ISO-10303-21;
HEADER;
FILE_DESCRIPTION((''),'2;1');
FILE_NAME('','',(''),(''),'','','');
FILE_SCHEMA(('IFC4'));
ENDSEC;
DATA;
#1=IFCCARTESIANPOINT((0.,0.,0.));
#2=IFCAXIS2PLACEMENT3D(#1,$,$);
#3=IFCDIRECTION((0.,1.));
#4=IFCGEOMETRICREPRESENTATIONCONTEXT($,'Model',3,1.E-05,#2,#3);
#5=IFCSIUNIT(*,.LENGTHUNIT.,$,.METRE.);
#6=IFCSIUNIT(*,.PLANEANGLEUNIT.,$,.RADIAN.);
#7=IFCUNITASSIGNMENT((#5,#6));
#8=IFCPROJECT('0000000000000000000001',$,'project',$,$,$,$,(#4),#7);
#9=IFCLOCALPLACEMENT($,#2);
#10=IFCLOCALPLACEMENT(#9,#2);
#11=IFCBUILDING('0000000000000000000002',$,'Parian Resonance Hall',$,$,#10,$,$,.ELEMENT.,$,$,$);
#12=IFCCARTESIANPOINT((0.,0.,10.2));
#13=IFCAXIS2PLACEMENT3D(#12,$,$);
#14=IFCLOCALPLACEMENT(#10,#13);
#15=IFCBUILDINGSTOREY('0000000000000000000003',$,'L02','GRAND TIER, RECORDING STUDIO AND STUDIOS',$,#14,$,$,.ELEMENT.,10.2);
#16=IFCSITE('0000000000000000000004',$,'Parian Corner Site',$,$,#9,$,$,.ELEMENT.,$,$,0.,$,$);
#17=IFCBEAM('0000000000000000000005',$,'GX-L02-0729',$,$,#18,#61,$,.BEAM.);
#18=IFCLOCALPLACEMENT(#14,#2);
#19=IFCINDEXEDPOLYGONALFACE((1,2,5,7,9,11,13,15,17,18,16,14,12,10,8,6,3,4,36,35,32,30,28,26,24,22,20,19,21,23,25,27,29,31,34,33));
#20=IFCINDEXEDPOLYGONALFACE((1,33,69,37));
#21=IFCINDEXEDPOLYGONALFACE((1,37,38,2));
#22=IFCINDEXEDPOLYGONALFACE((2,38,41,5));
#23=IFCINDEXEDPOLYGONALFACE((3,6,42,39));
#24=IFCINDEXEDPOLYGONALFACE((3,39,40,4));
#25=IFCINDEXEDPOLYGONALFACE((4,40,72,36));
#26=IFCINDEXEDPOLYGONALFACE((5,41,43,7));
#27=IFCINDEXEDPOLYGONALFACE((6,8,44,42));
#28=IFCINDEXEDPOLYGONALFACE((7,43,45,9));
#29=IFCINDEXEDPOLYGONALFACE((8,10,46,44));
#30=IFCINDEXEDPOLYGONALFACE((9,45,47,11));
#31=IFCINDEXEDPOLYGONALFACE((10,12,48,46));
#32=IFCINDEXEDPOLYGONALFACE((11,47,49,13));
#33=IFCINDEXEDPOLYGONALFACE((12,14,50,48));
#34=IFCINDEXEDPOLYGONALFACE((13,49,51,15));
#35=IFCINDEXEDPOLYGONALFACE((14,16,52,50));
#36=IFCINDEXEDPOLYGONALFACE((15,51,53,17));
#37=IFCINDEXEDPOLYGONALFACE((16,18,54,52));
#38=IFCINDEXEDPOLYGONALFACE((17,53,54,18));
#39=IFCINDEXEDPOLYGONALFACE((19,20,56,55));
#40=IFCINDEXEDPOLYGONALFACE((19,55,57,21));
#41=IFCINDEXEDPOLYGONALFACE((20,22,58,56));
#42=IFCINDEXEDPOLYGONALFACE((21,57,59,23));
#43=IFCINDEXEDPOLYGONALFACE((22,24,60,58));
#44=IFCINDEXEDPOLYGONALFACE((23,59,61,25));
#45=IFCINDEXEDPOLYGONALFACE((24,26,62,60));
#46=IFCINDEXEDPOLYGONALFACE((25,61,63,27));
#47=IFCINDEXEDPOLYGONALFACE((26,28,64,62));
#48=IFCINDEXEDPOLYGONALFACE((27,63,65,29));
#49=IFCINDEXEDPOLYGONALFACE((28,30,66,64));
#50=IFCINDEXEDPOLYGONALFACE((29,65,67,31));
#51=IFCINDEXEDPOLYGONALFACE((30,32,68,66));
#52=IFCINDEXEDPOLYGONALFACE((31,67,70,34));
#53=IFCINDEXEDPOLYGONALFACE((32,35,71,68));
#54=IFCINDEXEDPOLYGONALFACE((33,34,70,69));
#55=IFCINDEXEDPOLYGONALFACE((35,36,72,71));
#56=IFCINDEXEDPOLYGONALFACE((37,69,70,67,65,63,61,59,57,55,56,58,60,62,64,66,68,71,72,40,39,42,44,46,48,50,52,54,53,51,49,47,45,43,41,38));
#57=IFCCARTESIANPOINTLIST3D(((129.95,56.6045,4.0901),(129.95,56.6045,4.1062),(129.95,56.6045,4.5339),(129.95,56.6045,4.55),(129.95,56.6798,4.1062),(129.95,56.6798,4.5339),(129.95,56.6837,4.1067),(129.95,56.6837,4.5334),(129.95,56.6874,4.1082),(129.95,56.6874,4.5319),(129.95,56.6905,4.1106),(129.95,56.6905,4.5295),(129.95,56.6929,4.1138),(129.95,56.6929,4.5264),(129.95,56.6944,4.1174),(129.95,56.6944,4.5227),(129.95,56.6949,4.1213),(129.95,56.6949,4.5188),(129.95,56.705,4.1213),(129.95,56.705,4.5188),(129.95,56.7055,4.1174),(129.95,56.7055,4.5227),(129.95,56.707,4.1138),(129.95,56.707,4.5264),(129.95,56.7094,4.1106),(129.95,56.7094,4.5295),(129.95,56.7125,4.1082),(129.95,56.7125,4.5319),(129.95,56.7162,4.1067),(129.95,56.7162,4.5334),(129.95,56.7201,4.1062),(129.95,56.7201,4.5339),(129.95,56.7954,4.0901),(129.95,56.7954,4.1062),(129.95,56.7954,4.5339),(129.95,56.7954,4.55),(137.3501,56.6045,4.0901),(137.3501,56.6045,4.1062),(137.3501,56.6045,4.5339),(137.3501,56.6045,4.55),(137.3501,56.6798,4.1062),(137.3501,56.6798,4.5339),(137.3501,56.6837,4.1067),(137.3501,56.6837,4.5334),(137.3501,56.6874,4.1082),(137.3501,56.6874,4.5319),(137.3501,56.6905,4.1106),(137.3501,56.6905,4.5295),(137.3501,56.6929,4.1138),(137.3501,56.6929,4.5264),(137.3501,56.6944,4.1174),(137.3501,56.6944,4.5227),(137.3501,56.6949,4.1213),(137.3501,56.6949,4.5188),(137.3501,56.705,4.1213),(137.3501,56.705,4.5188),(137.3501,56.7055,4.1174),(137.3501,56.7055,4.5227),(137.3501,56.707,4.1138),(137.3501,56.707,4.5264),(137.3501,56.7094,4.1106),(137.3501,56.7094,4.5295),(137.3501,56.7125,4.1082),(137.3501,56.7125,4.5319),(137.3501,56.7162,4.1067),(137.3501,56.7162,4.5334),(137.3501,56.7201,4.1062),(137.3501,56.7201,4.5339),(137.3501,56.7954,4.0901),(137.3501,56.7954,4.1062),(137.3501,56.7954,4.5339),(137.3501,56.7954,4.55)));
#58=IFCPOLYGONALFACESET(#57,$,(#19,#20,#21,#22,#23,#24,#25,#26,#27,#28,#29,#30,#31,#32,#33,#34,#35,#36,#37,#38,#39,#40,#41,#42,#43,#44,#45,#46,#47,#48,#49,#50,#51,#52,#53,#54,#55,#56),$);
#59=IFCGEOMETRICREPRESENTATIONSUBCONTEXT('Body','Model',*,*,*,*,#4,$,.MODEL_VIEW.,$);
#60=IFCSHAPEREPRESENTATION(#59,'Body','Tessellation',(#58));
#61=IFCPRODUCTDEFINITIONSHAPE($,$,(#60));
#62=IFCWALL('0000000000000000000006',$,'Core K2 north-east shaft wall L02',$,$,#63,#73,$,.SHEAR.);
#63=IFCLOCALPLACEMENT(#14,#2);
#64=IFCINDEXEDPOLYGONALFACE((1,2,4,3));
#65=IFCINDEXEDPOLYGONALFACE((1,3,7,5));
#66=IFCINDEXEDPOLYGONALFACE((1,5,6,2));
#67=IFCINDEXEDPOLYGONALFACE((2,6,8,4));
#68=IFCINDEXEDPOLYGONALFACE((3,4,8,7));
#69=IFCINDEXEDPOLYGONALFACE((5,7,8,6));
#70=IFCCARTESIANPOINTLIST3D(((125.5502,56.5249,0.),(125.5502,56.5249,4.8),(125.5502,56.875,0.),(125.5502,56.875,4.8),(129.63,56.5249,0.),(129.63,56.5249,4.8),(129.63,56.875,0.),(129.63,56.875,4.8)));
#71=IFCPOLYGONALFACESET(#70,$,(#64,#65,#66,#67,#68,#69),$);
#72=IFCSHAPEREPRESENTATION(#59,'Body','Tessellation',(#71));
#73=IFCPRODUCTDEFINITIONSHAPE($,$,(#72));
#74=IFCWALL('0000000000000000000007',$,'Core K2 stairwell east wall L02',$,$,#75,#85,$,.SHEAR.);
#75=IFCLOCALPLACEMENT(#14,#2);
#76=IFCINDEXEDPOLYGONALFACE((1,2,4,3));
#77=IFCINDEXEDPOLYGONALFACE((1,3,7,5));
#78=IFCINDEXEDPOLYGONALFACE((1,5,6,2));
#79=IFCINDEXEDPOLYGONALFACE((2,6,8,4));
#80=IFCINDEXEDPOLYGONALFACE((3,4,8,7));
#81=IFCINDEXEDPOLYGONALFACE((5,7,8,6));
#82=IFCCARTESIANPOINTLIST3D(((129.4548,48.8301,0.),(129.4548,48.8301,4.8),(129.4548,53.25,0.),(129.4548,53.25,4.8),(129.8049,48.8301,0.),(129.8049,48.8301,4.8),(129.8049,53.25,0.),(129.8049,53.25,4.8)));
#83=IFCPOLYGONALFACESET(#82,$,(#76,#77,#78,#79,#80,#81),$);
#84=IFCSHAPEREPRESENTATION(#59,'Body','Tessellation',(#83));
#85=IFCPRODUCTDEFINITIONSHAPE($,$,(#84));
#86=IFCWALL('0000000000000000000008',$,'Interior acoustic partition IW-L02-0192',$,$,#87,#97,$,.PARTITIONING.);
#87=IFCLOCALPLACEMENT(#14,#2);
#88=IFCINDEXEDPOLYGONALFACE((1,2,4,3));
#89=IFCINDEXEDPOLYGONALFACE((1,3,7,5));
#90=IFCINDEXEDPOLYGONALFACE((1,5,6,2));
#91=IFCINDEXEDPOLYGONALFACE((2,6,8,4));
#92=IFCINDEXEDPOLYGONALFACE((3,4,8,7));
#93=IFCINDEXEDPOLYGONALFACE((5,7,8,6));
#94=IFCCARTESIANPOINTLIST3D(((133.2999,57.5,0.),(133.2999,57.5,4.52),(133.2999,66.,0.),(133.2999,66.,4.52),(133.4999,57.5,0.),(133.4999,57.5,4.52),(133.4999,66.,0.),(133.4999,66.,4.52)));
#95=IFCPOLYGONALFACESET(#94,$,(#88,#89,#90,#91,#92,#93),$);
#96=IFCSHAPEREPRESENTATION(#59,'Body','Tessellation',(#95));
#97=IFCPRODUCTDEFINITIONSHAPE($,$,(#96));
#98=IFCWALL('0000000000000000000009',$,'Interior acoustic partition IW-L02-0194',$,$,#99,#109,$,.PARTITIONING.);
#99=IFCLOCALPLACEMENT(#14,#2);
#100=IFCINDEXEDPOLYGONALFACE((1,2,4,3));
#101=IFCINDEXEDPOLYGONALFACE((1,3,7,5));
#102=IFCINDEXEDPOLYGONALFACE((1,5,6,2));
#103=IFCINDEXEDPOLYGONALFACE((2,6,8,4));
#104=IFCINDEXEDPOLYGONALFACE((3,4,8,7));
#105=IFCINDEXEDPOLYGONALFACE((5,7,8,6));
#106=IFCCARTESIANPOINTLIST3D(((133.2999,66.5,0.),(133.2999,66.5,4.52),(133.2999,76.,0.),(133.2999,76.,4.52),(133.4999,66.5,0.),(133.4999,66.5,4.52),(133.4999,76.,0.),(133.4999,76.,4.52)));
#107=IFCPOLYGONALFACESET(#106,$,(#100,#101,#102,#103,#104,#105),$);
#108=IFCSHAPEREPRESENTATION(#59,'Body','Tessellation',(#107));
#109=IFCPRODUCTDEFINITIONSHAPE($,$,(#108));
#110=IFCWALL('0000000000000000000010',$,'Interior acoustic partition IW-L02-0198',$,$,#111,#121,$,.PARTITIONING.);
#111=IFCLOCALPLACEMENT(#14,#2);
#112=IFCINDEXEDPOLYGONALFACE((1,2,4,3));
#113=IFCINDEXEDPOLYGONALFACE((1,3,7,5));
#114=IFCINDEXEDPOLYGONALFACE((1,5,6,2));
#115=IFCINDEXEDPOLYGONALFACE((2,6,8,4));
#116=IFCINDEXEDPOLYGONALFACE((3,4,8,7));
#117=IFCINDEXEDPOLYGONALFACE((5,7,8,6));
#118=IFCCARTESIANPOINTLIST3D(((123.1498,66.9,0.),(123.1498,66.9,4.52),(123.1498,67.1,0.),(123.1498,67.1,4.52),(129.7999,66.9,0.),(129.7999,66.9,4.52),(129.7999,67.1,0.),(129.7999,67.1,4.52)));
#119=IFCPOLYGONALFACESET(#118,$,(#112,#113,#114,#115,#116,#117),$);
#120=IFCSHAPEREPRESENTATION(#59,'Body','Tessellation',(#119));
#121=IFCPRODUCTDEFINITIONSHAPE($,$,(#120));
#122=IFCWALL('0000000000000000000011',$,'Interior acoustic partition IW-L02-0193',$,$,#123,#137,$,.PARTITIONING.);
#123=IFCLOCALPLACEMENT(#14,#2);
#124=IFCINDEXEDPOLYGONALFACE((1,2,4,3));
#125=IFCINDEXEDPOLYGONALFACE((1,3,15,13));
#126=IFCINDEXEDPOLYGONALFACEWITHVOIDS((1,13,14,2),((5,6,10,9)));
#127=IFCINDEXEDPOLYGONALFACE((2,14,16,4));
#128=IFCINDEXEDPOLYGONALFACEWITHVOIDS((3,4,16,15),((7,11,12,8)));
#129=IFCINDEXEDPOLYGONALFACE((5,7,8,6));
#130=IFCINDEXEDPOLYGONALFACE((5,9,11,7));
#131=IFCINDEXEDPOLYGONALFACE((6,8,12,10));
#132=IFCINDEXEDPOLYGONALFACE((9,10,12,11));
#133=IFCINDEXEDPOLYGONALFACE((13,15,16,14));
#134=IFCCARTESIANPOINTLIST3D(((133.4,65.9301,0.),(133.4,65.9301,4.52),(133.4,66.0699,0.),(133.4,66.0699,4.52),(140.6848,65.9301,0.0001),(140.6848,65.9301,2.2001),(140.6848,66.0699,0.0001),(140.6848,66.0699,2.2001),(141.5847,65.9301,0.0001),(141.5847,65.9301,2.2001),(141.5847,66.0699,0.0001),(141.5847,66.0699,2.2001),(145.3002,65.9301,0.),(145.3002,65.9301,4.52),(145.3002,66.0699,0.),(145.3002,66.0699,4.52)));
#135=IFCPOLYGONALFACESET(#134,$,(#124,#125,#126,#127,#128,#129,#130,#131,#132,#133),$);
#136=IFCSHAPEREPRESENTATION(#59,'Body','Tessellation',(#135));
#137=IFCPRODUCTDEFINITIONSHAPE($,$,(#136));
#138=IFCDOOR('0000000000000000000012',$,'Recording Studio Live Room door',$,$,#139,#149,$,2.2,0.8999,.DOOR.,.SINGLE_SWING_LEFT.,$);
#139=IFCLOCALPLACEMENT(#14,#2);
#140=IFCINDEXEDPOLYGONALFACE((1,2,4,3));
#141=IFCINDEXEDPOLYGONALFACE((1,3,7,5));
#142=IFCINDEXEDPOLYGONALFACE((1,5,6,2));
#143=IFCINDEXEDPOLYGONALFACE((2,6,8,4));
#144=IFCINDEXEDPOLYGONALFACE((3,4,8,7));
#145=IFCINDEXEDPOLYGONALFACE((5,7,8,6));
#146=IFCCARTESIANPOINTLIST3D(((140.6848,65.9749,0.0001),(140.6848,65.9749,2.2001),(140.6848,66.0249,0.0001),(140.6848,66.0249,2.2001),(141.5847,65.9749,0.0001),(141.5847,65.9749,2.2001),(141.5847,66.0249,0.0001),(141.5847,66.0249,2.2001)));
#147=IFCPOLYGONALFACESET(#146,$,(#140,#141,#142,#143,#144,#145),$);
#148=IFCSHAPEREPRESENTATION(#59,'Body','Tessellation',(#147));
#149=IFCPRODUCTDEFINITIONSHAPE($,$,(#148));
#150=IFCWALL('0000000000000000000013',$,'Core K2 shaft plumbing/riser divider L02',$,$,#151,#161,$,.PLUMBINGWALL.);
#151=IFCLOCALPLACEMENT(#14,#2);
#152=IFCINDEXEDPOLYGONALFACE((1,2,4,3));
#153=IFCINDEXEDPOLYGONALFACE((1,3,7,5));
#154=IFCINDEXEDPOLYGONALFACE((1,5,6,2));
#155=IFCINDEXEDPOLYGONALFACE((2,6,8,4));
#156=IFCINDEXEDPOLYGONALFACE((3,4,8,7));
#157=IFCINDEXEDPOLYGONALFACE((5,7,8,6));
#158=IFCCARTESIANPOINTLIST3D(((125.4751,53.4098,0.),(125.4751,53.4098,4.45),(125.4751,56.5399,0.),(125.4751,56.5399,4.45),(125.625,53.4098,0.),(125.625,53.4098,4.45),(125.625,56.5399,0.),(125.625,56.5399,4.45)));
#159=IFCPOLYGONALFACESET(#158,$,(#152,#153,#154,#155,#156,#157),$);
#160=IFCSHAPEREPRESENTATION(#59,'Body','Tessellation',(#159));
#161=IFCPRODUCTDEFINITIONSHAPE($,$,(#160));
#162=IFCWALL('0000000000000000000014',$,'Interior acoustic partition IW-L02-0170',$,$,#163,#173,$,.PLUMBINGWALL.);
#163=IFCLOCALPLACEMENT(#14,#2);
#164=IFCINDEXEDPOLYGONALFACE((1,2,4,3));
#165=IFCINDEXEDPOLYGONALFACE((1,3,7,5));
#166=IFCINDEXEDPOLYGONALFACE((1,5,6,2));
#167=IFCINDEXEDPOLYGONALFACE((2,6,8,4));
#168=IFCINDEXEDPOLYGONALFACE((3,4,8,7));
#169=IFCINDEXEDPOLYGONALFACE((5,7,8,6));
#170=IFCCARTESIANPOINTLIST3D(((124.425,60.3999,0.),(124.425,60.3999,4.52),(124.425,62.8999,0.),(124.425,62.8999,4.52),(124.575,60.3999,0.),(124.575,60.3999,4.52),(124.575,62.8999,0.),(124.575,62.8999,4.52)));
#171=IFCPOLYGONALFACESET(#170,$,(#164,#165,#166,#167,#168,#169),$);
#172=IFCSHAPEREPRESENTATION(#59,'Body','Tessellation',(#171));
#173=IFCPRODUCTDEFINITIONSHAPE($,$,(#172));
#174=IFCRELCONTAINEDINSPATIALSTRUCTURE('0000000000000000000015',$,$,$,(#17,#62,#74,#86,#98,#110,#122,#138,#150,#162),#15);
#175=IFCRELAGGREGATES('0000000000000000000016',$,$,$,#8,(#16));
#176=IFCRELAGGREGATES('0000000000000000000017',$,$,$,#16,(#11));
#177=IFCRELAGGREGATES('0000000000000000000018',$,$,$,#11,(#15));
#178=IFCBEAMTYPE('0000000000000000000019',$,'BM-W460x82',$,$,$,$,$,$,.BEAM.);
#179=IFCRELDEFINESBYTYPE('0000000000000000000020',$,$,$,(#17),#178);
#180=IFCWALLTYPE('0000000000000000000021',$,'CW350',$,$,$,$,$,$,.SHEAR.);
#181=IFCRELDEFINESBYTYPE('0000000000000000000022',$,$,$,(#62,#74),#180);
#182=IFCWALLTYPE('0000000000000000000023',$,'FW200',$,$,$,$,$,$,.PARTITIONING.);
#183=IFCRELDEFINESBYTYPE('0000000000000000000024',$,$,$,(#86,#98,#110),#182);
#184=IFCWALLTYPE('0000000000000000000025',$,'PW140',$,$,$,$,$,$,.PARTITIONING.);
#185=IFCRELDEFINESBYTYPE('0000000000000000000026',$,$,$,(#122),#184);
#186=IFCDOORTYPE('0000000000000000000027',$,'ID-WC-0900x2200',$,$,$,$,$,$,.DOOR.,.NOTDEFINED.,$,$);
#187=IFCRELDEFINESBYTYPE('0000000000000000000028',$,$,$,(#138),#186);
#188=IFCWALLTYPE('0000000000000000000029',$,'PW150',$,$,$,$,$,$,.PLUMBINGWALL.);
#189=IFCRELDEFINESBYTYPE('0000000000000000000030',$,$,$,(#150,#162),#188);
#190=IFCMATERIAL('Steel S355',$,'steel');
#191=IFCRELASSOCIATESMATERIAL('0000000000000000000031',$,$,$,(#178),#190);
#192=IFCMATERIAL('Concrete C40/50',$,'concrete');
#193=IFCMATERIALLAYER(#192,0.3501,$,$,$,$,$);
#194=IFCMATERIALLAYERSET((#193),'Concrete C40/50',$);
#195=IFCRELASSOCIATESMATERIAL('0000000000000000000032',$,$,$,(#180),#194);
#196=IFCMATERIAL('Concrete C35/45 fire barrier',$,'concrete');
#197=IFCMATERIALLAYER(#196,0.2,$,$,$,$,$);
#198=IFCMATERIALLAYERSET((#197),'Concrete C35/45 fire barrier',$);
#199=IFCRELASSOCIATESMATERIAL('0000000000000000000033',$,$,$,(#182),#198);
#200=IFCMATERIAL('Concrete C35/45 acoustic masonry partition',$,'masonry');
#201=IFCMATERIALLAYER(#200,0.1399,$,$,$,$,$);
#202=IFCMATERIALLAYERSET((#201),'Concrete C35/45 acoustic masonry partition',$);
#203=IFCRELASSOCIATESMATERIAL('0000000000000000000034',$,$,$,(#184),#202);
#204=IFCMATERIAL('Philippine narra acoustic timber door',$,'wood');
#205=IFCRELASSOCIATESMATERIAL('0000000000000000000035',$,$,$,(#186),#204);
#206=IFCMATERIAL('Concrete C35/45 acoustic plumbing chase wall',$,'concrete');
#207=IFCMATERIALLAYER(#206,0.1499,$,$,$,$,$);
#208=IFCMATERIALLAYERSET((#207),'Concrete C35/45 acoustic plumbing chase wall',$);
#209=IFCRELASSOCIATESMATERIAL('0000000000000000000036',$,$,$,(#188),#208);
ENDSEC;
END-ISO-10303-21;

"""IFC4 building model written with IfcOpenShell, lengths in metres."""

from ifc_helpers import new_model, si_unit, direction, frame, frame_2d, origin, origin_2d, place, context, subcontext, project, spatial, rectangle, i_section, extrude, material, layer, layer_set, material_profile, profile_set, type_object, element, fill, save


model = new_model("IFC4")

# Units and contexts
model_context = context("Model", 3, precision=1e-05, world=origin(), true_north=direction((0.0, 1.0)))
body_context = subcontext(model_context, "Body", "Model", "MODEL_VIEW")
ifc_project = project(units=[si_unit("LENGTHUNIT", "METRE"), si_unit("PLANEANGLEUNIT", "RADIAN")], contexts=[model_context])

# Site, building, storey
site_placement = place(None, origin())
site = spatial("IfcSite", under=ifc_project, at=site_placement, Name="Parian Corner Site", CompositionType="ELEMENT", RefElevation=0.0)
building_placement = place(site_placement, origin())
building = spatial("IfcBuilding", under=site, at=building_placement, Name="Parian Resonance Hall", CompositionType="ELEMENT")
storey_placement = place(building_placement, frame((0.0, 0.0, 10.2)))
storey = spatial("IfcBuildingStorey", under=building, at=storey_placement, Name="L02", Description="GRAND TIER, RECORDING STUDIO AND STUDIOS", CompositionType="ELEMENT", Elevation=10.2)

# Beam
ifc_material_1 = material(Name="Steel S355", Category="steel")
ifc_material_profile_1 = material_profile(ifc_material_1, i_section(OverallWidth=0.1909, OverallDepth=0.46, WebThickness=0.01, FlangeThickness=0.0161, FilletRadius=0.0151, at=origin_2d()), Name="W460x82")
ifc_profile_set_1 = profile_set([ifc_material_profile_1], Name="Steel S355")
beam_type_1 = type_object("IfcBeamType", Name="BM-W460x82", PredefinedType="BEAM", material=ifc_profile_set_1)
beam_1_placement = place(storey_placement, frame((129.95, 56.7, 4.3201), z_axis=(1.0, 0.0, 0.0), x_axis=(0.0, 1.0, 0.0)))
element("IfcBeam", 1, at=beam_1_placement, inside=storey, type_object=beam_type_1, Name="GX-L02-0729", PredefinedType="BEAM", context=body_context, shape_type="SweptSolid", body=[
    extrude(i_section(OverallWidth=0.1909, OverallDepth=0.46, WebThickness=0.01, FlangeThickness=0.0161, FilletRadius=0.0151, at=origin_2d()), origin(), (0.0, 0.0, 1.0), 7.4001),
])

# Wall
ifc_material_2 = material(Name="Concrete C40/50", Category="concrete")
ifc_layer_1 = layer(ifc_material_2, 0.3501)
ifc_layer_set_1 = layer_set([ifc_layer_1], Name="Concrete C40/50")
wall_type_1 = type_object("IfcWallType", Name="CW350", PredefinedType="SHEAR", material=ifc_layer_set_1)
wall_1_placement = place(storey_placement, frame((125.55, 56.7, 0.0), z_axis=(0.0, 0.0, 1.0), x_axis=(1.0, 0.0, 0.0)))
element("IfcWall", 2, at=wall_1_placement, inside=storey, type_object=wall_type_1, Name="Core K2 north-east shaft wall L02", PredefinedType="SHEAR", context=body_context, shape_type="SweptSolid", body=[
    extrude(rectangle(XDim=4.0798, YDim=0.3501, at=frame_2d((2.04, 0.0))), origin(), (0.0, 0.0, 1.0), 4.8),
])

# Walls
wall_2_placement = place(storey_placement, frame((129.6299, 53.25, 0.0), z_axis=(0.0, 0.0, 1.0), x_axis=(0.0, -1.0, 0.0)))
element("IfcWall", 3, at=wall_2_placement, inside=storey, type_object=wall_type_1, Name="Core K2 stairwell east wall L02", PredefinedType="SHEAR", context=body_context, shape_type="SweptSolid", body=[
    extrude(rectangle(XDim=4.4199, YDim=0.3501, at=frame_2d((2.21, 0.0))), origin(), (0.0, 0.0, 1.0), 4.8),
])
ifc_material_3 = material(Name="Concrete C35/45 fire barrier", Category="concrete")
ifc_layer_2 = layer(ifc_material_3, 0.2)
ifc_layer_set_2 = layer_set([ifc_layer_2], Name="Concrete C35/45 fire barrier")
wall_type_2 = type_object("IfcWallType", Name="FW200", PredefinedType="PARTITIONING", material=ifc_layer_set_2)
wall_3_placement = place(storey_placement, frame((133.3999, 57.5, 0.0), z_axis=(0.0, 0.0, 1.0), x_axis=(0.0, 1.0, 0.0)))
element("IfcWall", 4, at=wall_3_placement, inside=storey, type_object=wall_type_2, Name="Interior acoustic partition IW-L02-0192", PredefinedType="PARTITIONING", context=body_context, shape_type="SweptSolid", body=[
    extrude(rectangle(XDim=8.5, YDim=0.2, at=frame_2d((4.25, 0.0))), origin(), (0.0, 0.0, 1.0), 4.52),
])
wall_4_placement = place(storey_placement, frame((133.3999, 66.5, 0.0), z_axis=(0.0, 0.0, 1.0), x_axis=(0.0, 1.0, 0.0)))
element("IfcWall", 5, at=wall_4_placement, inside=storey, type_object=wall_type_2, Name="Interior acoustic partition IW-L02-0194", PredefinedType="PARTITIONING", context=body_context, shape_type="SweptSolid", body=[
    extrude(rectangle(XDim=9.5, YDim=0.2, at=frame_2d((4.75, 0.0))), origin(), (0.0, 0.0, 1.0), 4.52),
])
wall_5_placement = place(storey_placement, frame((129.8, 67.0, 0.0), z_axis=(0.0, 0.0, 1.0), x_axis=(-1.0, 0.0, 0.0)))
element("IfcWall", 6, at=wall_5_placement, inside=storey, type_object=wall_type_2, Name="Interior acoustic partition IW-L02-0198", PredefinedType="PARTITIONING", context=body_context, shape_type="SweptSolid", body=[
    extrude(rectangle(XDim=6.6501, YDim=0.2, at=frame_2d((3.3252, 0.0))), origin(), (0.0, 0.0, 1.0), 4.52),
])

# Wall, opening, door
ifc_material_4 = material(Name="Concrete C35/45 acoustic masonry partition", Category="masonry")
ifc_layer_3 = layer(ifc_material_4, 0.1399)
ifc_layer_set_3 = layer_set([ifc_layer_3], Name="Concrete C35/45 acoustic masonry partition")
wall_type_3 = type_object("IfcWallType", Name="PW140", PredefinedType="PARTITIONING", material=ifc_layer_set_3)
wall_6_placement = place(storey_placement, frame((133.3999, 66.0, 0.0), z_axis=(0.0, 0.0, 1.0), x_axis=(1.0, 0.0, 0.0)))
wall_6 = element("IfcWall", 7, at=wall_6_placement, inside=storey, type_object=wall_type_3, Name="Interior acoustic partition IW-L02-0193", PredefinedType="PARTITIONING", context=body_context, shape_type="SweptSolid", body=[
    extrude(rectangle(XDim=11.9001, YDim=0.1399, at=frame_2d((5.9502, 0.0))), origin(), (0.0, 0.0, 1.0), 4.52),
])
opening_1_placement = place(wall_6_placement, frame((7.2849, 0.0, 0.0)))
opening_1 = element("IfcOpeningElement", 8, at=opening_1_placement, cuts=wall_6, PredefinedType="OPENING", context=body_context, shape_type="SweptSolid", body=[
    extrude(rectangle(XDim=0.8999, YDim=2.2, at=frame_2d((0.45, 1.1001))), frame((0.0, 0.0798, 0.0), z_axis=(0.0, -1.0, 0.0), x_axis=(1.0, 0.0, 0.0)), (0.0, 0.0, 1.0), 0.1599),
])
ifc_material_5 = material(Name="Philippine narra acoustic timber door", Category="wood")
door_type_1 = type_object("IfcDoorType", Name="ID-WC-0900x2200", OperationType="NOTDEFINED", PredefinedType="DOOR", material=ifc_material_5)
door_1_placement = place(opening_1_placement, origin())
door_1 = element("IfcDoor", 9, at=door_1_placement, inside=storey, type_object=door_type_1, Name="Recording Studio Live Room door", OperationType="SINGLE_SWING_LEFT", OverallHeight=2.2, OverallWidth=0.8999, PredefinedType="DOOR", context=body_context, shape_type="SweptSolid", body=[
    extrude(rectangle(XDim=0.8999, YDim=2.2, at=frame_2d((0.45, 1.1001))), frame((0.0, 0.0249, 0.0), z_axis=(0.0, -1.0, 0.0), x_axis=(1.0, 0.0, 0.0)), (0.0, 0.0, 1.0), 0.05),
])
fill(opening_1, door_1)

# Walls
ifc_material_6 = material(Name="Concrete C35/45 acoustic plumbing chase wall", Category="concrete")
ifc_layer_4 = layer(ifc_material_6, 0.1499)
ifc_layer_set_4 = layer_set([ifc_layer_4], Name="Concrete C35/45 acoustic plumbing chase wall")
wall_type_4 = type_object("IfcWallType", Name="PW150", PredefinedType="PLUMBINGWALL", material=ifc_layer_set_4)
wall_7_placement = place(storey_placement, frame((125.55, 53.4099, 0.0), z_axis=(0.0, 0.0, 1.0), x_axis=(0.0, 1.0, 0.0)))
element("IfcWall", 10, at=wall_7_placement, inside=storey, type_object=wall_type_4, Name="Core K2 shaft plumbing/riser divider L02", PredefinedType="PLUMBINGWALL", context=body_context, shape_type="SweptSolid", body=[
    extrude(rectangle(XDim=3.1301, YDim=0.1499, at=frame_2d((1.5649, 0.0))), origin(), (0.0, 0.0, 1.0), 4.45),
])
wall_8_placement = place(storey_placement, frame((124.5, 62.8999, 0.0), z_axis=(0.0, 0.0, 1.0), x_axis=(0.0, -1.0, 0.0)))
element("IfcWall", 11, at=wall_8_placement, inside=storey, type_object=wall_type_4, Name="Interior acoustic partition IW-L02-0170", PredefinedType="PLUMBINGWALL", context=body_context, shape_type="SweptSolid", body=[
    extrude(rectangle(XDim=2.5, YDim=0.1499, at=frame_2d((1.25, 0.0))), origin(), (0.0, 0.0, 1.0), 4.52),
])

save(model, "model.ifc")
